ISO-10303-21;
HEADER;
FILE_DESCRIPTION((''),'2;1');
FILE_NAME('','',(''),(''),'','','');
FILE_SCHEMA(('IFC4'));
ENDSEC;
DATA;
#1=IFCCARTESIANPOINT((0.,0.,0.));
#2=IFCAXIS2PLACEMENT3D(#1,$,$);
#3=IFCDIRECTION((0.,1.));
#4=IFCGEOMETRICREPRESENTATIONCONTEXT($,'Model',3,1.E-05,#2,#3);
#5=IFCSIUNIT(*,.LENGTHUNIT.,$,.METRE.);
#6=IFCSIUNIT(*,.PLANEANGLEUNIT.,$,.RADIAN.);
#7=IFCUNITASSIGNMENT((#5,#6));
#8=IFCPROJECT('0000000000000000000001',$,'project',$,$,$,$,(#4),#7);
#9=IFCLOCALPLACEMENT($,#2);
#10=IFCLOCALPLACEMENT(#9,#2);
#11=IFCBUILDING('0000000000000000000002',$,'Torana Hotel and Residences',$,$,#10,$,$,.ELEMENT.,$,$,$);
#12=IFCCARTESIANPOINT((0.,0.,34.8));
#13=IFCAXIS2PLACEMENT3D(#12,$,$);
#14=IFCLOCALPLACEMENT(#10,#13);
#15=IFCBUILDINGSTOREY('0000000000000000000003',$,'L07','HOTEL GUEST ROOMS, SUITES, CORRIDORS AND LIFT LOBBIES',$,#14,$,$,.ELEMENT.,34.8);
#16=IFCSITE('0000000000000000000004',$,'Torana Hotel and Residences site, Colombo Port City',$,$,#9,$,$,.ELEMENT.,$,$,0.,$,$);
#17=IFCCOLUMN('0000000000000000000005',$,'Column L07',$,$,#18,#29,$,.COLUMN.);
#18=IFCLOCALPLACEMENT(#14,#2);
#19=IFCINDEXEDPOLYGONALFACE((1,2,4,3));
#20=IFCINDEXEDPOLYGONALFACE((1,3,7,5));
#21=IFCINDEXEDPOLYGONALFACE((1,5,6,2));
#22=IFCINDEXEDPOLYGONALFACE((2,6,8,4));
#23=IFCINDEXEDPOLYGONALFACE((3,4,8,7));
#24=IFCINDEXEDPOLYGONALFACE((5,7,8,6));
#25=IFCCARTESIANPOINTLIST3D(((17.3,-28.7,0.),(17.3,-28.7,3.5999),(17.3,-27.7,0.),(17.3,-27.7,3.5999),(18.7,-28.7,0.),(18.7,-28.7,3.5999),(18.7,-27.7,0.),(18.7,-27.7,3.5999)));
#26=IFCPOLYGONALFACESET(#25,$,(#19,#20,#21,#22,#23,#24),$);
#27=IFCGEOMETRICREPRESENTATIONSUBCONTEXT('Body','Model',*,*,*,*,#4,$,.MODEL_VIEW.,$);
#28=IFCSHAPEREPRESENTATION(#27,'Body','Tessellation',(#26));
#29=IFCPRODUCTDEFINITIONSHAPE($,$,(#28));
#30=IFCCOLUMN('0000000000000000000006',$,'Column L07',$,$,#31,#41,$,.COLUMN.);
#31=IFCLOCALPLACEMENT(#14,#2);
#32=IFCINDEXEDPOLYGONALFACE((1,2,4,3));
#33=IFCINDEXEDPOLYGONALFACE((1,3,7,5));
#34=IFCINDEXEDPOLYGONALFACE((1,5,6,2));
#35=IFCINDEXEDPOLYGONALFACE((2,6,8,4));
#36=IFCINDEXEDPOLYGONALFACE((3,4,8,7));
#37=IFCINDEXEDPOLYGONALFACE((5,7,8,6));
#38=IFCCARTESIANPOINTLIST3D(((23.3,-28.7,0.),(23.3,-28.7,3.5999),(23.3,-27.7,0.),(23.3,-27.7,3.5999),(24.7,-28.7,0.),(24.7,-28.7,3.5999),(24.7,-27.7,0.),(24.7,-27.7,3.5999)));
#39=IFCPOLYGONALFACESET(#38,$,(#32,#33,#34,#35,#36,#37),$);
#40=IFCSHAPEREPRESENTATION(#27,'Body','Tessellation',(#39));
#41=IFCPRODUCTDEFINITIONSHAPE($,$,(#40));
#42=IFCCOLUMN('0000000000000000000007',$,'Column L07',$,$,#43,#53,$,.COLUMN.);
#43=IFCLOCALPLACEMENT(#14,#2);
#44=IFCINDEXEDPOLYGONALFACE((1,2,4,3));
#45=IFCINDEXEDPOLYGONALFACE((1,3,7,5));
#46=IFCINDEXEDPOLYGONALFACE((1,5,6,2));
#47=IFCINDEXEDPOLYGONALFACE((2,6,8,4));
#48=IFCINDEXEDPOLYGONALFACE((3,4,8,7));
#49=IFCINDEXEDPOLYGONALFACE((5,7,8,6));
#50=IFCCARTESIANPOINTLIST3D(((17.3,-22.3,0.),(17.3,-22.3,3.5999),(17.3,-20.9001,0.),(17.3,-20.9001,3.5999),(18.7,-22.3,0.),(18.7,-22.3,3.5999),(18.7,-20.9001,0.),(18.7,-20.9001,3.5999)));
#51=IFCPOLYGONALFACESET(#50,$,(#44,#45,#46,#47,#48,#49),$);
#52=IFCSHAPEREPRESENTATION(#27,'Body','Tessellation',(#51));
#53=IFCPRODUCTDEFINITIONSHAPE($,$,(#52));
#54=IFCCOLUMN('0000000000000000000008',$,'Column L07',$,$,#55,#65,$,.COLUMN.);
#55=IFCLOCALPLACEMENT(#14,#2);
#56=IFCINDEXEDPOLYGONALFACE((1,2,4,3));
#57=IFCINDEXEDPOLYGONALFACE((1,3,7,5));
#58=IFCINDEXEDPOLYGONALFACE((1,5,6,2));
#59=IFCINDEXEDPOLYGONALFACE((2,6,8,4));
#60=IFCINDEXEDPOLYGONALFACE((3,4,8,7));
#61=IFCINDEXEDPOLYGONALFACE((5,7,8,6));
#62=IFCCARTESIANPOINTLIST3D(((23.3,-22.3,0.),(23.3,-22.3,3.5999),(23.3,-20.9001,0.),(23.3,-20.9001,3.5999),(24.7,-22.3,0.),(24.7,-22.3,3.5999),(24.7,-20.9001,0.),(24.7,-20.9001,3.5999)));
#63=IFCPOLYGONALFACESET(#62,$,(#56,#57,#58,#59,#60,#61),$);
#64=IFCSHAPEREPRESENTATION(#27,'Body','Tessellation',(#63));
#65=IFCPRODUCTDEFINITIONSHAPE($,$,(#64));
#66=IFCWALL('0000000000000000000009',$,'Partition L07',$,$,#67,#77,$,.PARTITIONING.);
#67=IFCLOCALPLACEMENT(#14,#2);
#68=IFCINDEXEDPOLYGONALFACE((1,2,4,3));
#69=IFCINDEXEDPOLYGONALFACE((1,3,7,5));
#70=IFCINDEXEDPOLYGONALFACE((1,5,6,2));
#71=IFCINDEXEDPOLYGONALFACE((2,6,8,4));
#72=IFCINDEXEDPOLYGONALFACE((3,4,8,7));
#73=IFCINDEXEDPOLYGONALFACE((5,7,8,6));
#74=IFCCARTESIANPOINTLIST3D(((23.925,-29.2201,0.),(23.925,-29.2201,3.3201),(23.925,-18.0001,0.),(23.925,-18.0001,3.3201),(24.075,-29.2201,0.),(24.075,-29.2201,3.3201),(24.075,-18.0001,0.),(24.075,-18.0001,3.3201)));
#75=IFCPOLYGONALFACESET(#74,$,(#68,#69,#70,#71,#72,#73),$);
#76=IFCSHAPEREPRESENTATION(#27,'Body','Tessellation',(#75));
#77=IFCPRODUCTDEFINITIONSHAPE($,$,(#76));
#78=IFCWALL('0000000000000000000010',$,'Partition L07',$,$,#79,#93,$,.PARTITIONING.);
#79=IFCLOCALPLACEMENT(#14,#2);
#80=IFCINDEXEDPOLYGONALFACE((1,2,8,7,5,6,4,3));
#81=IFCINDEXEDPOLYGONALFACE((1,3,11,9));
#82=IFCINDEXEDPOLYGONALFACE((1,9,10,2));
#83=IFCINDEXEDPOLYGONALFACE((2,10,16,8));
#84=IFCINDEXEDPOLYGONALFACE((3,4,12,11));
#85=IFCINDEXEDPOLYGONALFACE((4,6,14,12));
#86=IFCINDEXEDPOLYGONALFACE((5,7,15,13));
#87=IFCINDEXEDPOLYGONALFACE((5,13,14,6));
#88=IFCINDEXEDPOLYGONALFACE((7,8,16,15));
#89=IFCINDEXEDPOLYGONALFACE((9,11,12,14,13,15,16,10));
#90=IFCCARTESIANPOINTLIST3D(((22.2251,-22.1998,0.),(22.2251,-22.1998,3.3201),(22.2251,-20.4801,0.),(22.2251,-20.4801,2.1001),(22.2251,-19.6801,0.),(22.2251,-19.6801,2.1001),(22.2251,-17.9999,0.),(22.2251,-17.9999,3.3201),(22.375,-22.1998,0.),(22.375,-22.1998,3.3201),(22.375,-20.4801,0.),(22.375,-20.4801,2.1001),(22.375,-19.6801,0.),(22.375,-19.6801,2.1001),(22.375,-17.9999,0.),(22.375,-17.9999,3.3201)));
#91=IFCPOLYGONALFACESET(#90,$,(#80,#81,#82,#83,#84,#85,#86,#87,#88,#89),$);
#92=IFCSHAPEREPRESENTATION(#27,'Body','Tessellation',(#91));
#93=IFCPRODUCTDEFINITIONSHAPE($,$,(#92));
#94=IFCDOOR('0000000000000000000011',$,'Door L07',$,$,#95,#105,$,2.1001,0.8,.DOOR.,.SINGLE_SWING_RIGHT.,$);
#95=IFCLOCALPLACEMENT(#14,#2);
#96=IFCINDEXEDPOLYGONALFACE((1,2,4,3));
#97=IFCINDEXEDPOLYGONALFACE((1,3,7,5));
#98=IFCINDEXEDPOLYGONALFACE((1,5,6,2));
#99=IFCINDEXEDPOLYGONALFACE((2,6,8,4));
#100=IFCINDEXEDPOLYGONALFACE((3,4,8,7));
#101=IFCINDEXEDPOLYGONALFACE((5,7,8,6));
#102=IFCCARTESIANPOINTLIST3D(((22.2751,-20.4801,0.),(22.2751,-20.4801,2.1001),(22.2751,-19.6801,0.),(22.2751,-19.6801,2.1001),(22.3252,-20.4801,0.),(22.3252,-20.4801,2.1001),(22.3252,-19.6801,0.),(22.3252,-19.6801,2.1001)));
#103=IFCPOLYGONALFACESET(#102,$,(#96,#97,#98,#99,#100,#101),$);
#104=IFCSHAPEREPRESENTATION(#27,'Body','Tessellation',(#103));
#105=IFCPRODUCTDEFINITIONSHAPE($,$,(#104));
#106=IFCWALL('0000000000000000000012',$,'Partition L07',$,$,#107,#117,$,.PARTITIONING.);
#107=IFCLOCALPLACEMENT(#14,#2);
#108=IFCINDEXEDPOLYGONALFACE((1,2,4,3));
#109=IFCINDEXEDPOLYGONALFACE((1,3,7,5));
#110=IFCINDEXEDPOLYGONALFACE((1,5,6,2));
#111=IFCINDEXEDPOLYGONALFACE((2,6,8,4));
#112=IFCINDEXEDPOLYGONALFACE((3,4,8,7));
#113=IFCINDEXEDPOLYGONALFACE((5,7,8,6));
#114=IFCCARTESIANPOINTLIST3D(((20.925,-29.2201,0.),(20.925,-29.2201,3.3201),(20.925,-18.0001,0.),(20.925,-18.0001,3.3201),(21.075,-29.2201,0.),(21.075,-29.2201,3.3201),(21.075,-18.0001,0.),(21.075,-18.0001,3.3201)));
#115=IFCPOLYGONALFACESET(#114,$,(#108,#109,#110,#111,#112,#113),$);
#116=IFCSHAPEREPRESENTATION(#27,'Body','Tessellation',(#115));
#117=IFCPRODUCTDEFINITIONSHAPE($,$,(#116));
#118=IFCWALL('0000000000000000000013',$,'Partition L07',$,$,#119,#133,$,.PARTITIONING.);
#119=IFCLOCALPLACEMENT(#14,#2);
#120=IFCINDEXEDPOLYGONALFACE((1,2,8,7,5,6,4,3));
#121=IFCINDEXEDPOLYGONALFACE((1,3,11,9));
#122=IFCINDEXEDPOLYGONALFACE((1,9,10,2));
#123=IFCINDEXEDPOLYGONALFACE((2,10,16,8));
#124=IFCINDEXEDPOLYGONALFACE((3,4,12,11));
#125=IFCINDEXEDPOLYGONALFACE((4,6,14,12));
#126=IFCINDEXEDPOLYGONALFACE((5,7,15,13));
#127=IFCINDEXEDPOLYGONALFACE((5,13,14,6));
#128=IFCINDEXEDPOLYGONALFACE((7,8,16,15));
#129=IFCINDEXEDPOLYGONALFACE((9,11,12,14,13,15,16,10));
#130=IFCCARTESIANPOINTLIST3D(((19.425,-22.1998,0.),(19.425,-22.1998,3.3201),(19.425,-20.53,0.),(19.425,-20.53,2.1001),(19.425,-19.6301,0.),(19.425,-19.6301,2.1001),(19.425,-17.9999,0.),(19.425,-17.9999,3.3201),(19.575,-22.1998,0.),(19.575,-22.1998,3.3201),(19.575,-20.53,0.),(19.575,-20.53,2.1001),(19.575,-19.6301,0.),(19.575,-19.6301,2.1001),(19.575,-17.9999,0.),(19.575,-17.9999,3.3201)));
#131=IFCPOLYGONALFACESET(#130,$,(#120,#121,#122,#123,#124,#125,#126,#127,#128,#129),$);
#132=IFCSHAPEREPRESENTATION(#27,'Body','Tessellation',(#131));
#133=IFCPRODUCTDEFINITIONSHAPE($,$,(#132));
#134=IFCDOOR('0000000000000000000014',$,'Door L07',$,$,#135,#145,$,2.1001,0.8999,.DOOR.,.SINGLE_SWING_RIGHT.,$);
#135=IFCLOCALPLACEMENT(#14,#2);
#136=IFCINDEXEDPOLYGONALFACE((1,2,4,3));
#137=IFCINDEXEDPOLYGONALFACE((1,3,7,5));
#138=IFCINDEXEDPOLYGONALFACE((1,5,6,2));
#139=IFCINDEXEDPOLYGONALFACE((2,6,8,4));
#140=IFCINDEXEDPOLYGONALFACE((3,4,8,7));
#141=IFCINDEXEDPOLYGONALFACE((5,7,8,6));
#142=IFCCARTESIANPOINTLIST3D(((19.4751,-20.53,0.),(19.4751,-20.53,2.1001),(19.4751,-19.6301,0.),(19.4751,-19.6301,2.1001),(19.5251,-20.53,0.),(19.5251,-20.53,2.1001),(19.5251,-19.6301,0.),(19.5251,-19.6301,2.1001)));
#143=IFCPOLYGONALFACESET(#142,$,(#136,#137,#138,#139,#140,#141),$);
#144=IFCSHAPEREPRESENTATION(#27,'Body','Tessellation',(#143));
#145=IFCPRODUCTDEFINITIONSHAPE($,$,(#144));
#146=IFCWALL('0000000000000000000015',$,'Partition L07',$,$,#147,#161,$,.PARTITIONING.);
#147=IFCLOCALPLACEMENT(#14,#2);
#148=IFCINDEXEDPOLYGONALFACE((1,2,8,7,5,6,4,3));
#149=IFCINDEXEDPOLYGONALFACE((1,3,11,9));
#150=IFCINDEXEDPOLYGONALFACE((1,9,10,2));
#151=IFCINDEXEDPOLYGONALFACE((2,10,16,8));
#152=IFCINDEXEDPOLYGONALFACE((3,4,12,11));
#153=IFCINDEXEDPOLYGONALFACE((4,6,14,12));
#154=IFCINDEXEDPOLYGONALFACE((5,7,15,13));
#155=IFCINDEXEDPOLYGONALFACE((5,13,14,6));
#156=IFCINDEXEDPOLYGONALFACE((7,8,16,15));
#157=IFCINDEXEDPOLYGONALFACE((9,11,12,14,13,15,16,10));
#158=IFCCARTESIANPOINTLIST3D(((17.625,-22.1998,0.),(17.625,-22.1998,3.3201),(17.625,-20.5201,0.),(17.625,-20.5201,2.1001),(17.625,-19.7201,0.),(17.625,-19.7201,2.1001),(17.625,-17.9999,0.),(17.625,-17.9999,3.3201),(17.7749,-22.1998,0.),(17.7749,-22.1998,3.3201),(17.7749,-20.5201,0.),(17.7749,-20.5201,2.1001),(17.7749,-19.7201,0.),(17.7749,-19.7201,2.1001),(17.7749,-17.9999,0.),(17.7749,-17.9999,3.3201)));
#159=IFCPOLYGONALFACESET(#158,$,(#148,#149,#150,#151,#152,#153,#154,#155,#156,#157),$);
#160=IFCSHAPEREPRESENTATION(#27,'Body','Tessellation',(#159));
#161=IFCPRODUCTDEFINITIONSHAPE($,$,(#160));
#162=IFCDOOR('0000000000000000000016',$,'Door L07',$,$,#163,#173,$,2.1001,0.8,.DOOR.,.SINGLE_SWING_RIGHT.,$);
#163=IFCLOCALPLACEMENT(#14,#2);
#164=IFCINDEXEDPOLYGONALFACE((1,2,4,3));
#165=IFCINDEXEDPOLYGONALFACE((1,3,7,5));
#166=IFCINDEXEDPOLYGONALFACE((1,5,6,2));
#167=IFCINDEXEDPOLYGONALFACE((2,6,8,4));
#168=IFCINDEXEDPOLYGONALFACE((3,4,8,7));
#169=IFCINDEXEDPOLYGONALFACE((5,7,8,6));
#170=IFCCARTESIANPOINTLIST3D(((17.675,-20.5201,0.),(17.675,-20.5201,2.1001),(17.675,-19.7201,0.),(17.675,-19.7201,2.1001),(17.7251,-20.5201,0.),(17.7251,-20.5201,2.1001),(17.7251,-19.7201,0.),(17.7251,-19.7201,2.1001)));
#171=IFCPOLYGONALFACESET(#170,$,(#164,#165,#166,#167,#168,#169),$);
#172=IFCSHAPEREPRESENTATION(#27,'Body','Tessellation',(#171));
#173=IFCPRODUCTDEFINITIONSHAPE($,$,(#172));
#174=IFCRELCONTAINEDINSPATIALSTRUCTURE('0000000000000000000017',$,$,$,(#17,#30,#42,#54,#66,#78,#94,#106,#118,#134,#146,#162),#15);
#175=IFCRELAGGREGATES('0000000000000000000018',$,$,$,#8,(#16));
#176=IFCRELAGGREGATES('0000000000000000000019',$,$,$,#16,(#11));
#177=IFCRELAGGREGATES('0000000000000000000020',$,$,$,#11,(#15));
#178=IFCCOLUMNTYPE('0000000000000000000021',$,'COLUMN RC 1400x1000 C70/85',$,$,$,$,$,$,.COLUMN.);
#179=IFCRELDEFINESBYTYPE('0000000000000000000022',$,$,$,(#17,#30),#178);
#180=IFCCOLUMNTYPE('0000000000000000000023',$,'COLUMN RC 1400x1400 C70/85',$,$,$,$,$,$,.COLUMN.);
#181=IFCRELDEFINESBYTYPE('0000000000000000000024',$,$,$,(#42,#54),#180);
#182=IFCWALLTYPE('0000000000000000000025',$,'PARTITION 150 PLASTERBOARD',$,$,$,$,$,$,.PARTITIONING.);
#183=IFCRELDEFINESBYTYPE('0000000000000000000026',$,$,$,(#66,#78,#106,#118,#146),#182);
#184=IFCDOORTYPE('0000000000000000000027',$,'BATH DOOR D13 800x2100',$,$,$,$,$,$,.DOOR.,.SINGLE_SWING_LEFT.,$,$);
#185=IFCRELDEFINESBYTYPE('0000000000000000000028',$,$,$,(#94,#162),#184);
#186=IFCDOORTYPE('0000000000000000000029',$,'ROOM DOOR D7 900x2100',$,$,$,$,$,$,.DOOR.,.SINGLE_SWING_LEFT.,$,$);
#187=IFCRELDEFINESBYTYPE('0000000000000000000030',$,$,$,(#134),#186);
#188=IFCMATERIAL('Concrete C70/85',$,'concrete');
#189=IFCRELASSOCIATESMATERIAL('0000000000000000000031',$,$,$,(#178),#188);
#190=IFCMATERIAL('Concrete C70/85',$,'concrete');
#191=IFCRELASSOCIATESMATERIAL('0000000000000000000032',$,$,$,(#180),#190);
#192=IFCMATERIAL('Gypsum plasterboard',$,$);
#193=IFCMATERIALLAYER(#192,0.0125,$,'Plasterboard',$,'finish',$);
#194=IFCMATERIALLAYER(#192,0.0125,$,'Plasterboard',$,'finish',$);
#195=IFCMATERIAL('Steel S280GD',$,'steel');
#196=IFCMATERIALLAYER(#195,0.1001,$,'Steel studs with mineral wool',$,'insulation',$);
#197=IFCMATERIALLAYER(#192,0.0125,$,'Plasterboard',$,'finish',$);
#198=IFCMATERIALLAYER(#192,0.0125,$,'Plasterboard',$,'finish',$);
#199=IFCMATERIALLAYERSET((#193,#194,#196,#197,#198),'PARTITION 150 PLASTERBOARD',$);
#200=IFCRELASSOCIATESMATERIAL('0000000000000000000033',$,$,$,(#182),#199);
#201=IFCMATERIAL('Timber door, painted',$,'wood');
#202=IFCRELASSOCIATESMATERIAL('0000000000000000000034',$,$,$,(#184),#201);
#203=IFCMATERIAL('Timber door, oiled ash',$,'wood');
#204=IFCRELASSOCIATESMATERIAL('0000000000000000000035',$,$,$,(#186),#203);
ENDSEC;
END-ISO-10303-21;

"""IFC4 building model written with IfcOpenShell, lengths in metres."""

from ifc_helpers import new_model, si_unit, direction, frame, frame_2d, origin, origin_2d, place, context, subcontext, project, spatial, rectangle, extrude, material, layer, layer_set, material_profile, profile_set, type_object, element, fill, save


model = new_model("IFC4")

# Units and contexts
model_context = context("Model", 3, precision=1e-05, world=origin(), true_north=direction((0.0, 1.0)))
body_context = subcontext(model_context, "Body", "Model", "MODEL_VIEW")
ifc_project = project(units=[si_unit("LENGTHUNIT", "METRE"), si_unit("PLANEANGLEUNIT", "RADIAN")], contexts=[model_context])

# Site, building, storey
site_placement = place(None, origin())
site = spatial("IfcSite", under=ifc_project, at=site_placement, Name="Torana Hotel and Residences site, Colombo Port City", CompositionType="ELEMENT", RefElevation=0.0)
building_placement = place(site_placement, origin())
building = spatial("IfcBuilding", under=site, at=building_placement, Name="Torana Hotel and Residences", CompositionType="ELEMENT")
storey_placement = place(building_placement, frame((0.0, 0.0, 34.8)))
storey = spatial("IfcBuildingStorey", under=building, at=storey_placement, Name="L07", Description="HOTEL GUEST ROOMS, SUITES, CORRIDORS AND LIFT LOBBIES", CompositionType="ELEMENT", Elevation=34.8)

# Columns
ifc_material_1 = material(Name="Concrete C70/85", Category="concrete")
ifc_material_profile_1 = material_profile(ifc_material_1, rectangle(XDim=1.3999, YDim=1.0, at=origin_2d()), Name="RC 1400x1000")
ifc_profile_set_1 = profile_set([ifc_material_profile_1], Name="Concrete C70/85")
column_type_1 = type_object("IfcColumnType", Name="COLUMN RC 1400x1000 C70/85", PredefinedType="COLUMN", material=ifc_profile_set_1)
for number, where, z_axis, x_axis, name in (
    (1, (18.0, -28.2, 0.0), (0.0, 0.0, 1.0), (1.0, 0.0, 0.0), "Column L07"),
    (2, (24.0, -28.2, 0.0), (0.0, 0.0, 1.0), (1.0, 0.0, 0.0), "Column L07"),
):
    element("IfcColumn", number, at=place(storey_placement, frame(where, z_axis=z_axis, x_axis=x_axis)), inside=storey, type_object=column_type_1, Name=name, PredefinedType="COLUMN", context=body_context, shape_type="SweptSolid", body=[
        extrude(rectangle(XDim=1.3999, YDim=1.0, at=origin_2d()), origin(), (0.0, 0.0, 1.0), 3.5999),
    ])
ifc_material_2 = material(Name="Concrete C70/85", Category="concrete")
ifc_material_profile_2 = material_profile(ifc_material_2, rectangle(XDim=1.3999, YDim=1.3999, at=origin_2d()), Name="RC 1400x1400")
ifc_profile_set_2 = profile_set([ifc_material_profile_2], Name="Concrete C70/85")
column_type_2 = type_object("IfcColumnType", Name="COLUMN RC 1400x1400 C70/85", PredefinedType="COLUMN", material=ifc_profile_set_2)
for number, where, z_axis, x_axis, name in (
    (3, (18.0, -21.6001, 0.0), (0.0, 0.0, 1.0), (1.0, 0.0, 0.0), "Column L07"),
    (4, (24.0, -21.6001, 0.0), (0.0, 0.0, 1.0), (1.0, 0.0, 0.0), "Column L07"),
):
    element("IfcColumn", number, at=place(storey_placement, frame(where, z_axis=z_axis, x_axis=x_axis)), inside=storey, type_object=column_type_2, Name=name, PredefinedType="COLUMN", context=body_context, shape_type="SweptSolid", body=[
        extrude(rectangle(XDim=1.3999, YDim=1.3999, at=origin_2d()), origin(), (0.0, 0.0, 1.0), 3.5999),
    ])

# Wall
ifc_material_3 = material(Name="Gypsum plasterboard")
ifc_layer_1 = layer(ifc_material_3, 0.0125, Name="Plasterboard", Category="finish")
ifc_layer_2 = layer(ifc_material_3, 0.0125, Name="Plasterboard", Category="finish")
ifc_material_4 = material(Name="Steel S280GD", Category="steel")
ifc_layer_3 = layer(ifc_material_4, 0.1001, Name="Steel studs with mineral wool", Category="insulation")
ifc_layer_4 = layer(ifc_material_3, 0.0125, Name="Plasterboard", Category="finish")
ifc_layer_5 = layer(ifc_material_3, 0.0125, Name="Plasterboard", Category="finish")
ifc_layer_set_1 = layer_set([ifc_layer_1, ifc_layer_2, ifc_layer_3, ifc_layer_4, ifc_layer_5], Name="PARTITION 150 PLASTERBOARD")
wall_type_1 = type_object("IfcWallType", Name="PARTITION 150 PLASTERBOARD", PredefinedType="PARTITIONING", material=ifc_layer_set_1)
wall_1_placement = place(storey_placement, frame((24.0, -29.22, 0.0), z_axis=(0.0, 0.0, 1.0), x_axis=(0.0, 1.0, 0.0)))
element("IfcWall", 5, at=wall_1_placement, inside=storey, type_object=wall_type_1, Name="Partition L07", PredefinedType="PARTITIONING", context=body_context, shape_type="SweptSolid", body=[
    extrude(rectangle(XDim=11.22, YDim=0.1499, at=frame_2d((5.6099, 0.0))), origin(), (0.0, 0.0, 1.0), 3.3201),
])

# Wall, opening, door
wall_2_placement = place(storey_placement, frame((22.3, -22.2, 0.0), z_axis=(0.0, 0.0, 1.0), x_axis=(0.0, 1.0, 0.0)))
wall_2 = element("IfcWall", 6, at=wall_2_placement, inside=storey, type_object=wall_type_1, Name="Partition L07", PredefinedType="PARTITIONING", context=body_context, shape_type="SweptSolid", body=[
    extrude(rectangle(XDim=4.2, YDim=0.1499, at=frame_2d((2.1001, 0.0))), origin(), (0.0, 0.0, 1.0), 3.3201),
])
opening_1_placement = place(wall_2_placement, frame((1.72, 0.0, 0.0)))
opening_1 = element("IfcOpeningElement", 7, at=opening_1_placement, cuts=wall_2, PredefinedType="OPENING", context=body_context, shape_type="SweptSolid", body=[
    extrude(rectangle(XDim=0.8, YDim=2.1001, at=frame_2d((0.3999, 1.05))), frame((0.0, 0.085, 0.0), z_axis=(0.0, -1.0, 0.0), x_axis=(1.0, 0.0, 0.0)), (0.0, 0.0, 1.0), 0.1699),
])
ifc_material_5 = material(Name="Timber door, painted", Category="wood")
door_type_1 = type_object("IfcDoorType", Name="BATH DOOR D13 800x2100", OperationType="SINGLE_SWING_LEFT", PredefinedType="DOOR", material=ifc_material_5)
door_1_placement = place(opening_1_placement, origin())
door_1 = element("IfcDoor", 8, at=door_1_placement, inside=storey, type_object=door_type_1, Name="Door L07", OperationType="SINGLE_SWING_RIGHT", OverallHeight=2.1001, OverallWidth=0.8, PredefinedType="DOOR", context=body_context, shape_type="SweptSolid", body=[
    extrude(rectangle(XDim=0.8, YDim=2.1001, at=frame_2d((0.3999, 1.05))), frame((0.0, 0.0249, 0.0), z_axis=(0.0, -1.0, 0.0), x_axis=(1.0, 0.0, 0.0)), (0.0, 0.0, 1.0), 0.05),
])
fill(opening_1, door_1)

# Wall
wall_3_placement = place(storey_placement, frame((21.0, -29.22, 0.0), z_axis=(0.0, 0.0, 1.0), x_axis=(0.0, 1.0, 0.0)))
element("IfcWall", 9, at=wall_3_placement, inside=storey, type_object=wall_type_1, Name="Partition L07", PredefinedType="PARTITIONING", context=body_context, shape_type="SweptSolid", body=[
    extrude(rectangle(XDim=11.22, YDim=0.1499, at=frame_2d((5.6099, 0.0))), origin(), (0.0, 0.0, 1.0), 3.3201),
])

# Walls, openings, doors
wall_4_placement = place(storey_placement, frame((19.5, -22.2, 0.0), z_axis=(0.0, 0.0, 1.0), x_axis=(0.0, 1.0, 0.0)))
wall_4 = element("IfcWall", 10, at=wall_4_placement, inside=storey, type_object=wall_type_1, Name="Partition L07", PredefinedType="PARTITIONING", context=body_context, shape_type="SweptSolid", body=[
    extrude(rectangle(XDim=4.2, YDim=0.1499, at=frame_2d((2.1001, 0.0))), origin(), (0.0, 0.0, 1.0), 3.3201),
])
opening_2_placement = place(wall_4_placement, frame((1.6699, 0.0, 0.0)))
opening_2 = element("IfcOpeningElement", 11, at=opening_2_placement, cuts=wall_4, PredefinedType="OPENING", context=body_context, shape_type="SweptSolid", body=[
    extrude(rectangle(XDim=0.8999, YDim=2.1001, at=frame_2d((0.45, 1.05))), frame((0.0, 0.085, 0.0), z_axis=(0.0, -1.0, 0.0), x_axis=(1.0, 0.0, 0.0)), (0.0, 0.0, 1.0), 0.1699),
])
ifc_material_6 = material(Name="Timber door, oiled ash", Category="wood")
door_type_2 = type_object("IfcDoorType", Name="ROOM DOOR D7 900x2100", OperationType="SINGLE_SWING_LEFT", PredefinedType="DOOR", material=ifc_material_6)
door_2_placement = place(opening_2_placement, origin())
door_2 = element("IfcDoor", 12, at=door_2_placement, inside=storey, type_object=door_type_2, Name="Door L07", OperationType="SINGLE_SWING_RIGHT", OverallHeight=2.1001, OverallWidth=0.8999, PredefinedType="DOOR", context=body_context, shape_type="SweptSolid", body=[
    extrude(rectangle(XDim=0.8999, YDim=2.1001, at=frame_2d((0.45, 1.05))), frame((0.0, 0.0249, 0.0), z_axis=(0.0, -1.0, 0.0), x_axis=(1.0, 0.0, 0.0)), (0.0, 0.0, 1.0), 0.05),
])
fill(opening_2, door_2)
wall_5_placement = place(storey_placement, frame((17.7, -22.2, 0.0), z_axis=(0.0, 0.0, 1.0), x_axis=(0.0, 1.0, 0.0)))
wall_5 = element("IfcWall", 13, at=wall_5_placement, inside=storey, type_object=wall_type_1, Name="Partition L07", PredefinedType="PARTITIONING", context=body_context, shape_type="SweptSolid", body=[
    extrude(rectangle(XDim=4.2, YDim=0.1499, at=frame_2d((2.1001, 0.0))), origin(), (0.0, 0.0, 1.0), 3.3201),
])
opening_3_placement = place(wall_5_placement, frame((1.6799, 0.0, 0.0)))
opening_3 = element("IfcOpeningElement", 14, at=opening_3_placement, cuts=wall_5, PredefinedType="OPENING", context=body_context, shape_type="SweptSolid", body=[
    extrude(rectangle(XDim=0.8, YDim=2.1001, at=frame_2d((0.3999, 1.05))), frame((0.0, 0.085, 0.0), z_axis=(0.0, -1.0, 0.0), x_axis=(1.0, 0.0, 0.0)), (0.0, 0.0, 1.0), 0.1699),
])
door_3_placement = place(opening_3_placement, origin())
door_3 = element("IfcDoor", 15, at=door_3_placement, inside=storey, type_object=door_type_1, Name="Door L07", OperationType="SINGLE_SWING_RIGHT", OverallHeight=2.1001, OverallWidth=0.8, PredefinedType="DOOR", context=body_context, shape_type="SweptSolid", body=[
    extrude(rectangle(XDim=0.8, YDim=2.1001, at=frame_2d((0.3999, 1.05))), frame((0.0, 0.0249, 0.0), z_axis=(0.0, -1.0, 0.0), x_axis=(1.0, 0.0, 0.0)), (0.0, 0.0, 1.0), 0.05),
])
fill(opening_3, door_3)

save(model, "model.ifc")
